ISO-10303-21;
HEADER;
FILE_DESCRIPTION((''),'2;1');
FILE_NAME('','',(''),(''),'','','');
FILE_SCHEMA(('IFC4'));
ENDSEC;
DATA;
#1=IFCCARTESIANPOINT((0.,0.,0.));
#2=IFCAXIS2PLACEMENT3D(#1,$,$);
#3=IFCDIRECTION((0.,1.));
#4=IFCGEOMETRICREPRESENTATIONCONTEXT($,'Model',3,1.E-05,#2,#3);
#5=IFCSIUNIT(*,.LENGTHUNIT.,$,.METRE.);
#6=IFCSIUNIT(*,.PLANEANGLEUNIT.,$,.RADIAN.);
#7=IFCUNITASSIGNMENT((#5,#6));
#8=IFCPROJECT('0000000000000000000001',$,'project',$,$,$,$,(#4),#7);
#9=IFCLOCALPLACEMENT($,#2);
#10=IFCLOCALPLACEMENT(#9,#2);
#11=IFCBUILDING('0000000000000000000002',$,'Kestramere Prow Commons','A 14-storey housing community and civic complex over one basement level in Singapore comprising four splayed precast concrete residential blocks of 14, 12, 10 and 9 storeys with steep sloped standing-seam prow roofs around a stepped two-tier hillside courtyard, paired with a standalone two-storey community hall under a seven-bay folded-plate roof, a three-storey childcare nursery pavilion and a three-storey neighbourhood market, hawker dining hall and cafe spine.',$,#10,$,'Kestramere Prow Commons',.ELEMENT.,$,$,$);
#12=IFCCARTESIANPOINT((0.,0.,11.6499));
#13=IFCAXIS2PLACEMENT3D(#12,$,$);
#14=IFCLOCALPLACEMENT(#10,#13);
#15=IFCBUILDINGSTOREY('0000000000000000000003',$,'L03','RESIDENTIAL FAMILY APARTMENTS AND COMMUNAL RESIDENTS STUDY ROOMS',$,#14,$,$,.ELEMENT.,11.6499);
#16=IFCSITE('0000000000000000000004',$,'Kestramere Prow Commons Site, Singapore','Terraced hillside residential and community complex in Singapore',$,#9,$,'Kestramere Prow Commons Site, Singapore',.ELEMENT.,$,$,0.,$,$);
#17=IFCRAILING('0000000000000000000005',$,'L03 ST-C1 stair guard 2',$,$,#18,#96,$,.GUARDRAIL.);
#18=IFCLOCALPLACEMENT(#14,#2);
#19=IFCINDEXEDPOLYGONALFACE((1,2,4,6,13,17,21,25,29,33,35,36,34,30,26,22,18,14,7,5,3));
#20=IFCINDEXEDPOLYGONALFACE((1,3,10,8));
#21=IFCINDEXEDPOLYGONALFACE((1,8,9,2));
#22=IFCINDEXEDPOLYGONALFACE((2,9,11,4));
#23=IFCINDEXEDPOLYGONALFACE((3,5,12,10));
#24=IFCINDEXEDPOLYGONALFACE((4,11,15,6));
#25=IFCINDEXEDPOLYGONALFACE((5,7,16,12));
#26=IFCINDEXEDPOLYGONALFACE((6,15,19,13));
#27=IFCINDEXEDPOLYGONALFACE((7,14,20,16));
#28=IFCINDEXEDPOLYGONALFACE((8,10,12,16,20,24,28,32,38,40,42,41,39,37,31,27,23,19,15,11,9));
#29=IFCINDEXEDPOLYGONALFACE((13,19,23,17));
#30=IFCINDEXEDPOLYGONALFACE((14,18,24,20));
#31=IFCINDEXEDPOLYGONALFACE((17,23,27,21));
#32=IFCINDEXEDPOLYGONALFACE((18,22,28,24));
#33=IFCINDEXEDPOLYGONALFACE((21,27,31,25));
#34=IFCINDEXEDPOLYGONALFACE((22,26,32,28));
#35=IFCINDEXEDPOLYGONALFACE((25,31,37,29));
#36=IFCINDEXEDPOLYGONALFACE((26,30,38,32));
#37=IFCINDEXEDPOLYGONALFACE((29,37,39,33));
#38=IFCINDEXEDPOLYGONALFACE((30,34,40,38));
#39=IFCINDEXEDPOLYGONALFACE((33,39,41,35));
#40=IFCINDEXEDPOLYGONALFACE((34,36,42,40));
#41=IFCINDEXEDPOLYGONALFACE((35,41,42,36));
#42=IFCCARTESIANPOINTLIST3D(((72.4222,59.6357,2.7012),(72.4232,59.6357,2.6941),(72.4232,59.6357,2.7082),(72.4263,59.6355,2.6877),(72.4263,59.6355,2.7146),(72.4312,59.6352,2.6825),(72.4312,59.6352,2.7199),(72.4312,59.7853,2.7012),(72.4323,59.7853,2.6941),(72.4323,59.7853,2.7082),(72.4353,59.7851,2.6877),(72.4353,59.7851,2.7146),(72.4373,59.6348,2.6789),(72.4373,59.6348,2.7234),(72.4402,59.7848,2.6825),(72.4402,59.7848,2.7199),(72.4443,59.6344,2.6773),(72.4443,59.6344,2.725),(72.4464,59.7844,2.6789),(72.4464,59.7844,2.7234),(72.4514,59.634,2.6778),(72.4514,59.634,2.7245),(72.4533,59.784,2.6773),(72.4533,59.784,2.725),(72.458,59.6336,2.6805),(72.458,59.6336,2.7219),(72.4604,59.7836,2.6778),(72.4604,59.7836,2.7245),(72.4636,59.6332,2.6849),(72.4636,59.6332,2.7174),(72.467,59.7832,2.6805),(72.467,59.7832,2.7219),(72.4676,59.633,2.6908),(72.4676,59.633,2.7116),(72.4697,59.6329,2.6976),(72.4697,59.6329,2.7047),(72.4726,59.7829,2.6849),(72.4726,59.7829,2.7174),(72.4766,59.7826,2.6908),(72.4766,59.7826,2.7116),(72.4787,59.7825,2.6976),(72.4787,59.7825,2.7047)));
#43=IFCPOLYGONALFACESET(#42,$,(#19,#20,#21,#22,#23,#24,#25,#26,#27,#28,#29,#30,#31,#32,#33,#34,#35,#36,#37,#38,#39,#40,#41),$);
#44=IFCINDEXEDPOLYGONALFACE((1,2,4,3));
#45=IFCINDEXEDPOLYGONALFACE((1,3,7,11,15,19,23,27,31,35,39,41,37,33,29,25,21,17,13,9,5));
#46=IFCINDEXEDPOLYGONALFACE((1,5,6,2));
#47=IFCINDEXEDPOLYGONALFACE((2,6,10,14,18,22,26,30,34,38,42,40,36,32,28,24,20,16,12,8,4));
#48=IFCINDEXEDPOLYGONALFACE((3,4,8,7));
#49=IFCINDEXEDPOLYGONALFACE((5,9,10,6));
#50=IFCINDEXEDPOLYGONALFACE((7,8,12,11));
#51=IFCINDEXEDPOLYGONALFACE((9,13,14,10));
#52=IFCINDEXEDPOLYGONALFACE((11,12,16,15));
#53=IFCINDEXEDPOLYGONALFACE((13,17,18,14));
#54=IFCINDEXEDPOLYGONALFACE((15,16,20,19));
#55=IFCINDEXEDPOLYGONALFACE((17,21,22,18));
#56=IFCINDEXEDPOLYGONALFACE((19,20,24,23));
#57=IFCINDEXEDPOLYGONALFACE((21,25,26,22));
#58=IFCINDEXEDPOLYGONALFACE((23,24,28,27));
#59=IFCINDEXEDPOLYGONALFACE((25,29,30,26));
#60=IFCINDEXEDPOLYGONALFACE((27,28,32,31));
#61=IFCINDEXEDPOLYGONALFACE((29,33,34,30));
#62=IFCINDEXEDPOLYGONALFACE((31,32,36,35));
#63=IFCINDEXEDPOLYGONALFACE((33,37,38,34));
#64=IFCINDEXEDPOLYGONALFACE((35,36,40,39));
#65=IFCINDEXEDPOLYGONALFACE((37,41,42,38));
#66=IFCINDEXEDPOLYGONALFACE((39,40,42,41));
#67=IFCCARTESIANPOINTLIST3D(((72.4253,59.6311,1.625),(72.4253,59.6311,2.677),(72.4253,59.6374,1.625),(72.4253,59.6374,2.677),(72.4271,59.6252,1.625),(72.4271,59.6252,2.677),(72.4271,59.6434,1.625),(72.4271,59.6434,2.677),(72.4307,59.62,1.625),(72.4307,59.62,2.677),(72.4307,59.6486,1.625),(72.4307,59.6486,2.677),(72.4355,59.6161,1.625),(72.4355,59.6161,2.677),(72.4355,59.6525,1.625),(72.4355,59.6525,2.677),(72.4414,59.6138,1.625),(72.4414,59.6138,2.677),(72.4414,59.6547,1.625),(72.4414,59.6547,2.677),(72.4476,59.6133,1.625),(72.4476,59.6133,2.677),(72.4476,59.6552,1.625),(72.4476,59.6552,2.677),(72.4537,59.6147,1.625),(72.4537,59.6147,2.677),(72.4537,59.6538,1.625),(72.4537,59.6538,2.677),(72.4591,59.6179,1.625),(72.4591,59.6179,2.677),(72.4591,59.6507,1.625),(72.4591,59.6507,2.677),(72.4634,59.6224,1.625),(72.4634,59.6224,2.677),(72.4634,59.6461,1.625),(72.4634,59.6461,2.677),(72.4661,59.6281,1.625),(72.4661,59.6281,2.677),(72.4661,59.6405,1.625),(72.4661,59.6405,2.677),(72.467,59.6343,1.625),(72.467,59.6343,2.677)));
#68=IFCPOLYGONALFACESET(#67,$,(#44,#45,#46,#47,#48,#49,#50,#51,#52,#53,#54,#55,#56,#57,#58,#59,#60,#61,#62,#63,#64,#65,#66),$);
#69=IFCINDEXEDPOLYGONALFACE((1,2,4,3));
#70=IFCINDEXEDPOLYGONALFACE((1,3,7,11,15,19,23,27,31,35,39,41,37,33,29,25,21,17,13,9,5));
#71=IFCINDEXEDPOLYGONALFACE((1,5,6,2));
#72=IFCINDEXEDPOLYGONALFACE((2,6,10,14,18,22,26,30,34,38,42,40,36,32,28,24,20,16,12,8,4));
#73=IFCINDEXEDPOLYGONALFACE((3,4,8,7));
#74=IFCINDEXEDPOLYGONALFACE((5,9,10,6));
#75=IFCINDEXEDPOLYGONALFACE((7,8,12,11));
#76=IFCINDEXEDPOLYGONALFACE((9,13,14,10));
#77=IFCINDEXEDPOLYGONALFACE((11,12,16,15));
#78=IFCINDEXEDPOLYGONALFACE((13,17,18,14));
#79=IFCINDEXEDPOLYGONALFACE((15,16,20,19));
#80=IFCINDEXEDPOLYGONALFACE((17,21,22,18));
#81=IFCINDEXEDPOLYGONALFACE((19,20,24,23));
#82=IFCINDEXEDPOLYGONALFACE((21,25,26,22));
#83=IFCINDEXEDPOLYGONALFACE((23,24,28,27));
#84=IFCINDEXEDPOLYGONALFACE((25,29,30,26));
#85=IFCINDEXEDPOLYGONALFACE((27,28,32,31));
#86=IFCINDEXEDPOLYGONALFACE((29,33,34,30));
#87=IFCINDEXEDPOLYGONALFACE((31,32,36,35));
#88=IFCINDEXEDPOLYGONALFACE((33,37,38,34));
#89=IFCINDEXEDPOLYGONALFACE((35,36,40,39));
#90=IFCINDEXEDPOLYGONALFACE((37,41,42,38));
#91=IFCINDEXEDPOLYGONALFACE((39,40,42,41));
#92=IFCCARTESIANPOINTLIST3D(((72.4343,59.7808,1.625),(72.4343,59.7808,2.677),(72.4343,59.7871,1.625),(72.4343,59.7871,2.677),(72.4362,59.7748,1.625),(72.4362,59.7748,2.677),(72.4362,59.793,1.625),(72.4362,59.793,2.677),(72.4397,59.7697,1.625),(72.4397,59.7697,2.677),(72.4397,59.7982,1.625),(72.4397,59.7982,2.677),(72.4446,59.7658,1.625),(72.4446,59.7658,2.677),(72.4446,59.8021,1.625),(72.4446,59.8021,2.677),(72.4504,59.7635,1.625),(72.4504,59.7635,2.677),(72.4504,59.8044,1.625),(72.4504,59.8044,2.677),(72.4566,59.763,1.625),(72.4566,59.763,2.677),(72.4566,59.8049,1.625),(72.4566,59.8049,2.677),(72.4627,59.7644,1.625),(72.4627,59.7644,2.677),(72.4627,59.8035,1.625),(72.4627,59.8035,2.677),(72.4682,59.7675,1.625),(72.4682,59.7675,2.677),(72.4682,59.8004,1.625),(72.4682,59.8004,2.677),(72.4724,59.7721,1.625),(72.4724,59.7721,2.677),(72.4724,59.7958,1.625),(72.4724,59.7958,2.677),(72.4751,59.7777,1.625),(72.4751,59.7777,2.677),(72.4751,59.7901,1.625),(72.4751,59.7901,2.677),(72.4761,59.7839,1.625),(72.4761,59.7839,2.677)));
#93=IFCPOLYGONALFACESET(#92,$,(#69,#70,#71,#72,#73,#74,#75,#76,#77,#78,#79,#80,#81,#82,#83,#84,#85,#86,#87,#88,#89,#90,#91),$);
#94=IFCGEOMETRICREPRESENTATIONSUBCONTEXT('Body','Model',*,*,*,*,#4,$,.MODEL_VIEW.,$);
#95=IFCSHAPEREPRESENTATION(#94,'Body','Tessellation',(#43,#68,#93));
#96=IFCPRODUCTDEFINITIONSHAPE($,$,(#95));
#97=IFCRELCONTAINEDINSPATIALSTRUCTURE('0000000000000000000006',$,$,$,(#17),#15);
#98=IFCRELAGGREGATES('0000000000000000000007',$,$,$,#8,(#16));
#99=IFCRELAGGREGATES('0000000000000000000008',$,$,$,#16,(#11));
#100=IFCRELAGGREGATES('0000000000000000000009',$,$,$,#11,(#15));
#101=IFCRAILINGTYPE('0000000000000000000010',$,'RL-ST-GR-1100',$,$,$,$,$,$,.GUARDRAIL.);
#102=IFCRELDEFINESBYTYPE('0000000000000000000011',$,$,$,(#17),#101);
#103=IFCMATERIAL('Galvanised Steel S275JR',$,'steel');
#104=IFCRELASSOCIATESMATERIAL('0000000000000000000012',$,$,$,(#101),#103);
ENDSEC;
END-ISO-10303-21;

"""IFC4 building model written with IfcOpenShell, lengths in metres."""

from ifc_helpers import new_model, si_unit, direction, frame, origin, origin_2d, place, context, subcontext, project, spatial, circle, extrude, material, type_object, element, save


model = new_model("IFC4")

# Units and contexts
model_context = context("Model", 3, precision=1e-05, world=origin(), true_north=direction((0.0, 1.0)))
body_context = subcontext(model_context, "Body", "Model", "MODEL_VIEW")
ifc_project = project(units=[si_unit("LENGTHUNIT", "METRE"), si_unit("PLANEANGLEUNIT", "RADIAN")], contexts=[model_context])

# Site, building, storey
site_placement = place(None, origin())
site = spatial("IfcSite", under=ifc_project, at=site_placement, Name="Kestramere Prow Commons Site, Singapore", Description="Terraced hillside residential and community complex in Singapore", LongName="Kestramere Prow Commons Site, Singapore", CompositionType="ELEMENT", RefElevation=0.0)
building_placement = place(site_placement, origin())
building = spatial("IfcBuilding", under=site, at=building_placement, Name="Kestramere Prow Commons", Description="A 14-storey housing community and civic complex over one basement level in Singapore comprising four splayed precast concrete residential blocks of 14, 12, 10 and 9 storeys with steep sloped standing-seam prow roofs around a stepped two-tier hillside courtyard, paired with a standalone two-storey community hall under a seven-bay folded-plate roof, a three-storey childcare nursery pavilion and a three-storey neighbourhood market, hawker dining hall and cafe spine.", LongName="Kestramere Prow Commons", CompositionType="ELEMENT")
storey_placement = place(building_placement, frame((0.0, 0.0, 11.6499)))
storey = spatial("IfcBuildingStorey", under=building, at=storey_placement, Name="L03", Description="RESIDENTIAL FAMILY APARTMENTS AND COMMUNAL RESIDENTS STUDY ROOMS", CompositionType="ELEMENT", Elevation=11.6499)

# Railing
ifc_material_1 = material(Name="Galvanised Steel S275JR", Category="steel")
railing_type_1 = type_object("IfcRailingType", Name="RL-ST-GR-1100", PredefinedType="GUARDRAIL", material=ifc_material_1)
railing_1_placement = place(storey_placement, frame((72.446, 59.6343, 1.625)))
element("IfcRailing", 1, at=railing_1_placement, inside=storey, type_object=railing_type_1, Name="L03 ST-C1 stair guard 2", PredefinedType="GUARDRAIL", context=body_context, shape_type="SweptSolid", body=[
    extrude(circle(Radius=0.0239, at=origin_2d()), frame((0.0, 0.0, 1.0762), z_axis=(0.060249, 0.998183, 0.0), x_axis=(-0.998183, 0.060249, 0.0)), (0.0, 0.0, 1.0), 0.1499),
    extrude(circle(Radius=0.021, at=origin_2d()), origin(), (0.0, 0.0, 1.0), 1.052),
    extrude(circle(Radius=0.021, at=origin_2d()), frame((0.009, 0.1497, 0.0)), (0.0, 0.0, 1.0), 1.052),
])

save(model, "model.ifc")
